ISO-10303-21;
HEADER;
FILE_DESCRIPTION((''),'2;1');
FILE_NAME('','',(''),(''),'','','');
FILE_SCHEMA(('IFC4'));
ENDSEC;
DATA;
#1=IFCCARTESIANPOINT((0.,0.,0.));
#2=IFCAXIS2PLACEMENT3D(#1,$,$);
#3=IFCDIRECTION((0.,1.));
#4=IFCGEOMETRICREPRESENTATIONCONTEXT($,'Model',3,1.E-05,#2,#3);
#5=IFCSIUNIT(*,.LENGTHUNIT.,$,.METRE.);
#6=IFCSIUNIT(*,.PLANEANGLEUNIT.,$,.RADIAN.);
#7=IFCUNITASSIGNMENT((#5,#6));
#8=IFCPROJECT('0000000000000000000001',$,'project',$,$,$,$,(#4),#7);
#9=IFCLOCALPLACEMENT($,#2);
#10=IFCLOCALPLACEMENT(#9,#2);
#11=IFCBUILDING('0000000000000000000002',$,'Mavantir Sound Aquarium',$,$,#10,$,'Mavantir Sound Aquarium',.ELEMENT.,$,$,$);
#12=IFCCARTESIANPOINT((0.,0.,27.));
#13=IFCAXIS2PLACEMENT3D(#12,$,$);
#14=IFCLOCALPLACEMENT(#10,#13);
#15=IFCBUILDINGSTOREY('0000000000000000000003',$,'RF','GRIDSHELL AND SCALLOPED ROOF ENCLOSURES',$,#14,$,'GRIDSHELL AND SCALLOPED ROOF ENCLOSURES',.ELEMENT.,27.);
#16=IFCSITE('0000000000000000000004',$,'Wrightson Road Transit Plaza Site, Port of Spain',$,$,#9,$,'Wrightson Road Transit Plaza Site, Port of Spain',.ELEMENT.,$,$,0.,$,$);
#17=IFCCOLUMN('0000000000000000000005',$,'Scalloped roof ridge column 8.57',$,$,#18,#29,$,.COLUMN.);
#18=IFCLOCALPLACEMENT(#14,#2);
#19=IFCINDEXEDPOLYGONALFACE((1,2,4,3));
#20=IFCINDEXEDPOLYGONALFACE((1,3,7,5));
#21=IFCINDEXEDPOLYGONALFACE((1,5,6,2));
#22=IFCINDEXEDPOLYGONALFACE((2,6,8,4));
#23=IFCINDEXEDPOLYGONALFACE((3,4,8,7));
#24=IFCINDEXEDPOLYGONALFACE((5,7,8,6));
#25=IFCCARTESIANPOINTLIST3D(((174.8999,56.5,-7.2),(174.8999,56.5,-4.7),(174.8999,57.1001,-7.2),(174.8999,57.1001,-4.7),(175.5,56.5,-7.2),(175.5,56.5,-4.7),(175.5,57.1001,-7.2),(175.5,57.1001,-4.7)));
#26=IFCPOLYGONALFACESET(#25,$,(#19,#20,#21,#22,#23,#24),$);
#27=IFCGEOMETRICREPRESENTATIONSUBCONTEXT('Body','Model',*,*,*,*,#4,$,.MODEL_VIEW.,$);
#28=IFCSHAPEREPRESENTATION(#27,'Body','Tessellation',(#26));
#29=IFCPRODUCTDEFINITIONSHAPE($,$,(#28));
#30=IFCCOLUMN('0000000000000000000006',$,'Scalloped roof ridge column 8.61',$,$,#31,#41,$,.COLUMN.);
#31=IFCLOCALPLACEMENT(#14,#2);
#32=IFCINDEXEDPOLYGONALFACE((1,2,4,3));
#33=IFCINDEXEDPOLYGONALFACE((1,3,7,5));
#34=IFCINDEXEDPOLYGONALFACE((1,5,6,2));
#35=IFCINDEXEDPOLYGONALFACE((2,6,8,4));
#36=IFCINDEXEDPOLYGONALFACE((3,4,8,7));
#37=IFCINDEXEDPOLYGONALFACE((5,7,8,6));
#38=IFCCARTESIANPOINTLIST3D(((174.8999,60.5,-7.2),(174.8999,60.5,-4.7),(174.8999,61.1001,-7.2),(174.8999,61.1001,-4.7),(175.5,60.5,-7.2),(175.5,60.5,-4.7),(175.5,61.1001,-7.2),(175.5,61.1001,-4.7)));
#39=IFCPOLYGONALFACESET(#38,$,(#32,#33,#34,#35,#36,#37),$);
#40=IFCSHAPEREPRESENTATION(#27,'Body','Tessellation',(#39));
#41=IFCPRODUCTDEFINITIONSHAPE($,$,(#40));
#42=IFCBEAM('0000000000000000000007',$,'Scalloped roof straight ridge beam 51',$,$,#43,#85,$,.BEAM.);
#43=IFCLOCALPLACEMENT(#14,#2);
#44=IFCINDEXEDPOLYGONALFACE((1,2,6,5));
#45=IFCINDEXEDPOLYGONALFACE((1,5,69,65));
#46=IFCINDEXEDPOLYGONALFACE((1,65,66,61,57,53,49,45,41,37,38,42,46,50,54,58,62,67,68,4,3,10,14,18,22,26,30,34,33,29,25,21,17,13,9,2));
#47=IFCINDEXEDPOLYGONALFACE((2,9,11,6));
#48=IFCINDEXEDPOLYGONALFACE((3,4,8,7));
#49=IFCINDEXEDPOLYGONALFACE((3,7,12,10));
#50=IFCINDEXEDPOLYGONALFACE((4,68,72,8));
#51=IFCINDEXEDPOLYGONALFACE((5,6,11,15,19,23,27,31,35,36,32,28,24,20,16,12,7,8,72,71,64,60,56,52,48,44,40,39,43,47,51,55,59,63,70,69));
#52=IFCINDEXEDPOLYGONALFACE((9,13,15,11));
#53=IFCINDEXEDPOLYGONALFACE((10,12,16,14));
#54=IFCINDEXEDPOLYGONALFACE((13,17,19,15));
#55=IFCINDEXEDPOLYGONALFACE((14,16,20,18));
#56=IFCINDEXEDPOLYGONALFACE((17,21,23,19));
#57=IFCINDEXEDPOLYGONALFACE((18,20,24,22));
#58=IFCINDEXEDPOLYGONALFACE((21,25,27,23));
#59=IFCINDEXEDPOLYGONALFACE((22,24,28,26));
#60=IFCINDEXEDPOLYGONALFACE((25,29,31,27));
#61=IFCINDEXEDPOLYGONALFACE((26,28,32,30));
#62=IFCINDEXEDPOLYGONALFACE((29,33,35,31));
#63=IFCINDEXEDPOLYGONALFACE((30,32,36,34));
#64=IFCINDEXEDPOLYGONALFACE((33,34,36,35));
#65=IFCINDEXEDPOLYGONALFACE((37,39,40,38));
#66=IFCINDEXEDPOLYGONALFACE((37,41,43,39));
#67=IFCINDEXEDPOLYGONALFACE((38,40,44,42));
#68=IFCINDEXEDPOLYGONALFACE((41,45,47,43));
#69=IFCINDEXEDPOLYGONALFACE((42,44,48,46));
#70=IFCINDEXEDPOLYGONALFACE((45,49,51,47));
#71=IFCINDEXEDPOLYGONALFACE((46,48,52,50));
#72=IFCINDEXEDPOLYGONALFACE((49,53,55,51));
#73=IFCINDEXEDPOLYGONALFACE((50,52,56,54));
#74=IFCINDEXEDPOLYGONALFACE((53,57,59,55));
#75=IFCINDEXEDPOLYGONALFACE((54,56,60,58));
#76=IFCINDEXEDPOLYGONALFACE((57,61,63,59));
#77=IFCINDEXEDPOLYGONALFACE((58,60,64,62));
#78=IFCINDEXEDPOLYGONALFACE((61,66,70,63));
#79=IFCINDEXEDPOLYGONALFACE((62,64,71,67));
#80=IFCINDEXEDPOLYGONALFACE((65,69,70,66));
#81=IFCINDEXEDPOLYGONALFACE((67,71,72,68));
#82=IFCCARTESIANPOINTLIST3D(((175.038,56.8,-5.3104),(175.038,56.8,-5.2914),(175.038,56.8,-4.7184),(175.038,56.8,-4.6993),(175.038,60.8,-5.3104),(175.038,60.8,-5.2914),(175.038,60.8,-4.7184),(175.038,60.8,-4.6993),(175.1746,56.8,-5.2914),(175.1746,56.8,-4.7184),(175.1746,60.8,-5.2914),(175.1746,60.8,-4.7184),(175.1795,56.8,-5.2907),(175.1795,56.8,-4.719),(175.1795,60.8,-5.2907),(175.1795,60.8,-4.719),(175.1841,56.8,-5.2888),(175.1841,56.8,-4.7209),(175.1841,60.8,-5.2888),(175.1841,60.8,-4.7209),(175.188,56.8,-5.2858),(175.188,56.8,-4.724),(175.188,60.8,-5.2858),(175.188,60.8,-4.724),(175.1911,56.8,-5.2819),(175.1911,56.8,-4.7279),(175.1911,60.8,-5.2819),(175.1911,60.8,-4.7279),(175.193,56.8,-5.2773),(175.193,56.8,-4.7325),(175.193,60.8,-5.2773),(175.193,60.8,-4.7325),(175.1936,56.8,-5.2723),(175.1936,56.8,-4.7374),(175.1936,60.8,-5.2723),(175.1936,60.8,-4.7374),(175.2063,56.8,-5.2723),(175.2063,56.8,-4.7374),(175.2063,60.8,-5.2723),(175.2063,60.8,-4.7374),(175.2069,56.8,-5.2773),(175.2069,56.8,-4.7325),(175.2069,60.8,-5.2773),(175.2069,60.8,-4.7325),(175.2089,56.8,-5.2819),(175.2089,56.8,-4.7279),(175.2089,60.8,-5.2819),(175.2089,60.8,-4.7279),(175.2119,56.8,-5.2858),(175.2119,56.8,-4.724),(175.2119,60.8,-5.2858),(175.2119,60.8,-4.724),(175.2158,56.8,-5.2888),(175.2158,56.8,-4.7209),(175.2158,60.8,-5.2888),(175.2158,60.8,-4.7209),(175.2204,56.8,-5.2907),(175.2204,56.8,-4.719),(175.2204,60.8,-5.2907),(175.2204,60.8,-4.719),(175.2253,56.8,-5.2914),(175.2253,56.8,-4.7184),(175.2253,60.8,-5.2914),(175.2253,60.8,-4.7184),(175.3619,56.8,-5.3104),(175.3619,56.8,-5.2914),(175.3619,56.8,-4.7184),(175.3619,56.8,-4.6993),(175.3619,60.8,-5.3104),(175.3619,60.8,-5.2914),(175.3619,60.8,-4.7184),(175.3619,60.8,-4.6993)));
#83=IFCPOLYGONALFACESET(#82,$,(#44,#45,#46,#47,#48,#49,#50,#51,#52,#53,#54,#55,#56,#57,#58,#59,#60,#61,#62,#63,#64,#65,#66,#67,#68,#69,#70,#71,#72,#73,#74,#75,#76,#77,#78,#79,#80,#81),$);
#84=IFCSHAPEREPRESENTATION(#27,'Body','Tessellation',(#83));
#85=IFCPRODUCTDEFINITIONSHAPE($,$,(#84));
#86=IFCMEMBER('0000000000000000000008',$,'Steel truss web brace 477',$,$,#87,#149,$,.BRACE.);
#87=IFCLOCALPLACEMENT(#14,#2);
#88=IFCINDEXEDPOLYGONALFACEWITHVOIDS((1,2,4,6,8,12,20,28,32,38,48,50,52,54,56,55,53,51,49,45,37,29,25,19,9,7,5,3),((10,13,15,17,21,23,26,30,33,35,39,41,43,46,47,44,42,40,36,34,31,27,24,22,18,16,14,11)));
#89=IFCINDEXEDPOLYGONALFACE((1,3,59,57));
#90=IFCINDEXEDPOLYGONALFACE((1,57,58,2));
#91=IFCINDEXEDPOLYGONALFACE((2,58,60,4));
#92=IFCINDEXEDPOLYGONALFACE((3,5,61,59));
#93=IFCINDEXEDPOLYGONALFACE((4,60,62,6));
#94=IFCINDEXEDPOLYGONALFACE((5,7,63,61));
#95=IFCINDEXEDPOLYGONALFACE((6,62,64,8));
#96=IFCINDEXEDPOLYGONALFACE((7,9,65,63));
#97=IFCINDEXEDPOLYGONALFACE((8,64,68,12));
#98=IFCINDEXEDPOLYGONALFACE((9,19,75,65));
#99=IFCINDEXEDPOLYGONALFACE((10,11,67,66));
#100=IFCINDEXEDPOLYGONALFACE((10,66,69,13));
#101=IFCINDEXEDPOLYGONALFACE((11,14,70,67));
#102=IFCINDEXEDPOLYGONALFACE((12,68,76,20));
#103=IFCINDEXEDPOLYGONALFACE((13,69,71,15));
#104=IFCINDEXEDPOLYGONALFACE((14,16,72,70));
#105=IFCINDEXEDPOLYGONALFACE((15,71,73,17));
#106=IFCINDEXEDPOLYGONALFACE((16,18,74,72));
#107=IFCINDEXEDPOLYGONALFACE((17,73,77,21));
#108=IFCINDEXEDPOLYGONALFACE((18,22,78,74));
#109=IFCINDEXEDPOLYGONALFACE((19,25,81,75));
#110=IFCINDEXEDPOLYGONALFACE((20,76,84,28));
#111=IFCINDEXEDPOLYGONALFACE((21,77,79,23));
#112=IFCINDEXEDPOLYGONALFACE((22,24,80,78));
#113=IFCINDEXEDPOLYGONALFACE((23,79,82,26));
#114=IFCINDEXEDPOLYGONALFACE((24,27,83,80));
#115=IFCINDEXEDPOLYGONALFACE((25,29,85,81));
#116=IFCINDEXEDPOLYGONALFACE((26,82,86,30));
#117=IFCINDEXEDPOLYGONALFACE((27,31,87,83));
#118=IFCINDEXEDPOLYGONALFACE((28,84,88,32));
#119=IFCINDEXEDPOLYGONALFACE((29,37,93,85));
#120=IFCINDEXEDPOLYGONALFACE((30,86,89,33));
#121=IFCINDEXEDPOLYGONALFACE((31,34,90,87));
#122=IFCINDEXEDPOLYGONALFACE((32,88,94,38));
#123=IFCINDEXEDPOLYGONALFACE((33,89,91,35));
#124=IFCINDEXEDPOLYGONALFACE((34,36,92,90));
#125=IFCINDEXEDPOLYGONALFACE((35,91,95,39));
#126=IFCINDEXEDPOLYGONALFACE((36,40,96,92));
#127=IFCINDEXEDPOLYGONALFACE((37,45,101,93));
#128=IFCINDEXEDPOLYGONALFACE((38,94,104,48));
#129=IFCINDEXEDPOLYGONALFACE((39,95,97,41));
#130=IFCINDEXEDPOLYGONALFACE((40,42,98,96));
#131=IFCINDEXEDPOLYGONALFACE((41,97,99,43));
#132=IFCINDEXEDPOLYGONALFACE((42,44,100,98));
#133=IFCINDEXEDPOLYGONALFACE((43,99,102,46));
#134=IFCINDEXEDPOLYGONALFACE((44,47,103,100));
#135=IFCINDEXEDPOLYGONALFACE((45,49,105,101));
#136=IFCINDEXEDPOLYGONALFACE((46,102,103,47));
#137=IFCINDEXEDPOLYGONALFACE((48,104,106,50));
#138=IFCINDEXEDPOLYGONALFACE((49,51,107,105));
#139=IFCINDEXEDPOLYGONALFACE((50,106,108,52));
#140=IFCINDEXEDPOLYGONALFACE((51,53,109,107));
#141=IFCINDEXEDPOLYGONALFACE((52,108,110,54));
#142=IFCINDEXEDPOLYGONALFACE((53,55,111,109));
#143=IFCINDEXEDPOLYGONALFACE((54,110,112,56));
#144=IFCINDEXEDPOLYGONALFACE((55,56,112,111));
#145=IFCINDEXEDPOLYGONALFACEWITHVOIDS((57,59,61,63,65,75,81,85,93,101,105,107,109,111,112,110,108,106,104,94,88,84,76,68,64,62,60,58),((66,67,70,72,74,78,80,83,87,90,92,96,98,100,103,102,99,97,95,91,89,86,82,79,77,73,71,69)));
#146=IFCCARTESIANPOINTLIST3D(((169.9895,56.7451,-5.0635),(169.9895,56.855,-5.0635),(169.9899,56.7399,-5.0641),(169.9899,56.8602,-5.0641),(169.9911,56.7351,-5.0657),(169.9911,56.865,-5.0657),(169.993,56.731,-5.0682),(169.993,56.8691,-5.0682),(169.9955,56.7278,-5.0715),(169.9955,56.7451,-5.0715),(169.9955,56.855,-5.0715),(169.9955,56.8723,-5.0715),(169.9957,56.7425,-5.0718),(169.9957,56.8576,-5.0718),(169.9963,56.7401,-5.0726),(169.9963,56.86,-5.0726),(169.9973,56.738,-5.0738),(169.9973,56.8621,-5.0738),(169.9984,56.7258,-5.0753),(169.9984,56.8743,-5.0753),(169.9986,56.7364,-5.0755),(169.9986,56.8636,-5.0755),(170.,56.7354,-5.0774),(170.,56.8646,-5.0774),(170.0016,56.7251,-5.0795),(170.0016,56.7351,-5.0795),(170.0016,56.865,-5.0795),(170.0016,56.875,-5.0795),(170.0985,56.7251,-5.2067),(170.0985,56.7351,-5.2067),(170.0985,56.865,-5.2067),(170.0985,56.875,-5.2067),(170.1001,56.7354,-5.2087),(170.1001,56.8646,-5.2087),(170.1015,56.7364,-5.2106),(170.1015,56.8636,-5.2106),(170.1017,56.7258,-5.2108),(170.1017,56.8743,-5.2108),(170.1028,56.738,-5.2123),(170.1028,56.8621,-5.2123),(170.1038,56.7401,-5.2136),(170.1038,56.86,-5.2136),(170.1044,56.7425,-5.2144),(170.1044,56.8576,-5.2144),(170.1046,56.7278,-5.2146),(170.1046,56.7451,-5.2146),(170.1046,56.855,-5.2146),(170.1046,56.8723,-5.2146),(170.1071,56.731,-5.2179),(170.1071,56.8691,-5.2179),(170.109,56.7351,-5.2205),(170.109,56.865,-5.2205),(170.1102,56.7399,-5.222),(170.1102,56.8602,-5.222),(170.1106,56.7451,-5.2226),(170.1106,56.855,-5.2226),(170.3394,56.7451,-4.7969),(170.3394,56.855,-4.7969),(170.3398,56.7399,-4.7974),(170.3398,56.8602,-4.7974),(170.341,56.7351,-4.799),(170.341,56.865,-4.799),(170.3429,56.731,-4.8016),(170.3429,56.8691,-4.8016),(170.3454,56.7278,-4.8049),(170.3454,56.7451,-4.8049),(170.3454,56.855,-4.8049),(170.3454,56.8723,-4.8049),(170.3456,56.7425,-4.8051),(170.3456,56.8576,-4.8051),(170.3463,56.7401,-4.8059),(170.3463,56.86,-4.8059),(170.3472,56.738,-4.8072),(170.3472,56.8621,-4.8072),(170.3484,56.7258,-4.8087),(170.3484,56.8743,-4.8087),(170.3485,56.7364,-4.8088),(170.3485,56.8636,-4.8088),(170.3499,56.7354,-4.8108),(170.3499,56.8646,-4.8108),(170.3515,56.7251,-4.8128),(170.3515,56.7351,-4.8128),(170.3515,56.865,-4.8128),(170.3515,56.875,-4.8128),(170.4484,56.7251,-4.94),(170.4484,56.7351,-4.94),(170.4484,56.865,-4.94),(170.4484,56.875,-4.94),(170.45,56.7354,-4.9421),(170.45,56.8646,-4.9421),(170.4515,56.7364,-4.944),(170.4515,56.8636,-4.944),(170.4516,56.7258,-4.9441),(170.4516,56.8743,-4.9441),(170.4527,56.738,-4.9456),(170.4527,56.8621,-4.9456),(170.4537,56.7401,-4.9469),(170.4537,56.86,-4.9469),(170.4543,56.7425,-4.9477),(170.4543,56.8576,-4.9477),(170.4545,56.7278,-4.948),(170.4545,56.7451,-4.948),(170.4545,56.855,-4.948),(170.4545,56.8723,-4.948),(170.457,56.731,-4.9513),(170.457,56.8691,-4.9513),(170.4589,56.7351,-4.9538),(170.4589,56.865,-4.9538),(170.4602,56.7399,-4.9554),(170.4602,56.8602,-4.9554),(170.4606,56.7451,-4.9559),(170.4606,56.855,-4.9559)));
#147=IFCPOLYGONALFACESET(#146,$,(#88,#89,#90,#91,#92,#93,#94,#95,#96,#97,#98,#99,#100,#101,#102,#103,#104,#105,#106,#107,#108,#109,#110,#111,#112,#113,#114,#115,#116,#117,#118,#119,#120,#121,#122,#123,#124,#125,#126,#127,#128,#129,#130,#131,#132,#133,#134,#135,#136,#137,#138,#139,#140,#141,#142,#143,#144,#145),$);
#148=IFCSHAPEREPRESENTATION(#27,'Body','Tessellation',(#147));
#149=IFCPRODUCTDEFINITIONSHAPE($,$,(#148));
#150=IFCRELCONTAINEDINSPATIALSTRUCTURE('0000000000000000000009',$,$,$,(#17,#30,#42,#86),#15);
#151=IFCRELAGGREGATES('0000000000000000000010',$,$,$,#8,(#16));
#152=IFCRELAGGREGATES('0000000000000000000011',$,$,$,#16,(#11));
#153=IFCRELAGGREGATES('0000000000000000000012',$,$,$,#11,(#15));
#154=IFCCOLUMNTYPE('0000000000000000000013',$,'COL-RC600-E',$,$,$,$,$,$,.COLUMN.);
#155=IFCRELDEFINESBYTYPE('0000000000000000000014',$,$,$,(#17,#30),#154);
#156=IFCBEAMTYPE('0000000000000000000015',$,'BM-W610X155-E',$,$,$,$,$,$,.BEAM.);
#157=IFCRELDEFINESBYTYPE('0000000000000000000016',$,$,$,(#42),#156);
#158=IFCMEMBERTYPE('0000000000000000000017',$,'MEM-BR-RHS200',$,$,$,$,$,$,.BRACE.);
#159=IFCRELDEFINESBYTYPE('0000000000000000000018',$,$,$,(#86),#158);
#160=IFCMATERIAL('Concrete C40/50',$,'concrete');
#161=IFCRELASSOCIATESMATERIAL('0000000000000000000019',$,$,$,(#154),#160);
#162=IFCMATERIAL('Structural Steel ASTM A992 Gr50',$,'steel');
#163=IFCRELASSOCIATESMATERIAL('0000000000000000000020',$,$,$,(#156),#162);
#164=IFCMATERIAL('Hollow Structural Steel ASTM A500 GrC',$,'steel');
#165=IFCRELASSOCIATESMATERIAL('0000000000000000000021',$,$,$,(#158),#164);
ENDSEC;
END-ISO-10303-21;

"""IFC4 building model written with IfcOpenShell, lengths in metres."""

from ifc_helpers import new_model, si_unit, direction, frame, origin, origin_2d, place, context, subcontext, project, spatial, rectangle, hollow_rectangle, i_section, extrude, material, material_profile, profile_set, type_object, element, save


model = new_model("IFC4")

# Units and contexts
model_context = context("Model", 3, precision=1e-05, world=origin(), true_north=direction((0.0, 1.0)))
body_context = subcontext(model_context, "Body", "Model", "MODEL_VIEW")
ifc_project = project(units=[si_unit("LENGTHUNIT", "METRE"), si_unit("PLANEANGLEUNIT", "RADIAN")], contexts=[model_context])

# Site, building, storey
site_placement = place(None, origin())
site = spatial("IfcSite", under=ifc_project, at=site_placement, Name="Wrightson Road Transit Plaza Site, Port of Spain", LongName="Wrightson Road Transit Plaza Site, Port of Spain", CompositionType="ELEMENT", RefElevation=0.0)
building_placement = place(site_placement, origin())
building = spatial("IfcBuilding", under=site, at=building_placement, Name="Mavantir Sound Aquarium", LongName="Mavantir Sound Aquarium", CompositionType="ELEMENT")
storey_placement = place(building_placement, frame((0.0, 0.0, 27.0)))
storey = spatial("IfcBuildingStorey", under=building, at=storey_placement, Name="RF", Description="GRIDSHELL AND SCALLOPED ROOF ENCLOSURES", LongName="GRIDSHELL AND SCALLOPED ROOF ENCLOSURES", CompositionType="ELEMENT", Elevation=27.0)

# Columns
ifc_material_1 = material(Name="Concrete C40/50", Category="concrete")
ifc_material_profile_1 = material_profile(ifc_material_1, rectangle(XDim=0.6001, YDim=0.6001, at=origin_2d()), Name="RC 600X600")
ifc_profile_set_1 = profile_set([ifc_material_profile_1], Name="Concrete C40/50")
column_type = type_object("IfcColumnType", Name="COL-RC600-E", PredefinedType="COLUMN", material=ifc_profile_set_1)
for number, where, z_axis, x_axis, name in (
    (1, (175.2, 56.8, -7.2), (0.0, 0.0, 1.0), (1.0, 0.0, 0.0), "Scalloped roof ridge column 8.57"),
    (2, (175.2, 60.8, -7.2), (0.0, 0.0, 1.0), (1.0, 0.0, 0.0), "Scalloped roof ridge column 8.61"),
):
    element("IfcColumn", number, at=place(storey_placement, frame(where, z_axis=z_axis, x_axis=x_axis)), inside=storey, type_object=column_type, Name=name, PredefinedType="COLUMN", context=body_context, shape_type="SweptSolid", body=[
        extrude(rectangle(XDim=0.6001, YDim=0.6001, at=origin_2d()), origin(), (0.0, 0.0, 1.0), 2.5),
    ])

# Beam
ifc_material_2 = material(Name="Structural Steel ASTM A992 Gr50", Category="steel")
ifc_material_profile_2 = material_profile(ifc_material_2, i_section(OverallWidth=0.324, OverallDepth=0.6111, WebThickness=0.0127, FlangeThickness=0.019, FilletRadius=0.019, at=origin_2d()), Name="W610X155")
ifc_profile_set_2 = profile_set([ifc_material_profile_2], Name="Structural Steel ASTM A992 Gr50")
beam_type = type_object("IfcBeamType", Name="BM-W610X155-E", PredefinedType="BEAM", material=ifc_profile_set_2)
beam_placement = place(storey_placement, frame((175.2, 56.8, -5.0049), z_axis=(0.0, 1.0, 0.0), x_axis=(-1.0, 0.0, 0.0)))
element("IfcBeam", 3, at=beam_placement, inside=storey, type_object=beam_type, Name="Scalloped roof straight ridge beam 51", PredefinedType="BEAM", context=body_context, shape_type="SweptSolid", body=[
    extrude(i_section(OverallWidth=0.324, OverallDepth=0.6111, WebThickness=0.0127, FlangeThickness=0.019, FilletRadius=0.019, at=origin_2d()), origin(), (0.0, 0.0, 1.0), 4.0),
])

# Member
ifc_material_3 = material(Name="Hollow Structural Steel ASTM A500 GrC", Category="steel")
ifc_material_profile_3 = material_profile(ifc_material_3, hollow_rectangle(XDim=0.1499, YDim=0.2, WallThickness=0.01, InnerFilletRadius=0.01, OuterFilletRadius=0.02, at=origin_2d()), Name="RHS 200X150X10")
ifc_profile_set_3 = profile_set([ifc_material_profile_3], Name="Hollow Structural Steel ASTM A500 GrC")
member_type_1 = type_object("IfcMemberType", Name="MEM-BR-RHS200", PredefinedType="BRACE", material=ifc_profile_set_3)
for number, where, z_axis, x_axis, name in (
    (4, (170.05, 56.8, -5.1431), (0.795381, 0.0, 0.60611), (0.0, 1.0, 0.0), "Steel truss web brace 477"),
):
    element("IfcMember", number, at=place(storey_placement, frame(where, z_axis=z_axis, x_axis=x_axis)), inside=storey, type_object=member_type_1, Name=name, PredefinedType="BRACE", context=body_context, shape_type="SweptSolid", body=[
        extrude(hollow_rectangle(XDim=0.1499, YDim=0.2, WallThickness=0.01, InnerFilletRadius=0.01, OuterFilletRadius=0.02, at=origin_2d()), origin(), (0.0, 0.0, 1.0), 0.4399),
    ])

save(model, "model.ifc")
